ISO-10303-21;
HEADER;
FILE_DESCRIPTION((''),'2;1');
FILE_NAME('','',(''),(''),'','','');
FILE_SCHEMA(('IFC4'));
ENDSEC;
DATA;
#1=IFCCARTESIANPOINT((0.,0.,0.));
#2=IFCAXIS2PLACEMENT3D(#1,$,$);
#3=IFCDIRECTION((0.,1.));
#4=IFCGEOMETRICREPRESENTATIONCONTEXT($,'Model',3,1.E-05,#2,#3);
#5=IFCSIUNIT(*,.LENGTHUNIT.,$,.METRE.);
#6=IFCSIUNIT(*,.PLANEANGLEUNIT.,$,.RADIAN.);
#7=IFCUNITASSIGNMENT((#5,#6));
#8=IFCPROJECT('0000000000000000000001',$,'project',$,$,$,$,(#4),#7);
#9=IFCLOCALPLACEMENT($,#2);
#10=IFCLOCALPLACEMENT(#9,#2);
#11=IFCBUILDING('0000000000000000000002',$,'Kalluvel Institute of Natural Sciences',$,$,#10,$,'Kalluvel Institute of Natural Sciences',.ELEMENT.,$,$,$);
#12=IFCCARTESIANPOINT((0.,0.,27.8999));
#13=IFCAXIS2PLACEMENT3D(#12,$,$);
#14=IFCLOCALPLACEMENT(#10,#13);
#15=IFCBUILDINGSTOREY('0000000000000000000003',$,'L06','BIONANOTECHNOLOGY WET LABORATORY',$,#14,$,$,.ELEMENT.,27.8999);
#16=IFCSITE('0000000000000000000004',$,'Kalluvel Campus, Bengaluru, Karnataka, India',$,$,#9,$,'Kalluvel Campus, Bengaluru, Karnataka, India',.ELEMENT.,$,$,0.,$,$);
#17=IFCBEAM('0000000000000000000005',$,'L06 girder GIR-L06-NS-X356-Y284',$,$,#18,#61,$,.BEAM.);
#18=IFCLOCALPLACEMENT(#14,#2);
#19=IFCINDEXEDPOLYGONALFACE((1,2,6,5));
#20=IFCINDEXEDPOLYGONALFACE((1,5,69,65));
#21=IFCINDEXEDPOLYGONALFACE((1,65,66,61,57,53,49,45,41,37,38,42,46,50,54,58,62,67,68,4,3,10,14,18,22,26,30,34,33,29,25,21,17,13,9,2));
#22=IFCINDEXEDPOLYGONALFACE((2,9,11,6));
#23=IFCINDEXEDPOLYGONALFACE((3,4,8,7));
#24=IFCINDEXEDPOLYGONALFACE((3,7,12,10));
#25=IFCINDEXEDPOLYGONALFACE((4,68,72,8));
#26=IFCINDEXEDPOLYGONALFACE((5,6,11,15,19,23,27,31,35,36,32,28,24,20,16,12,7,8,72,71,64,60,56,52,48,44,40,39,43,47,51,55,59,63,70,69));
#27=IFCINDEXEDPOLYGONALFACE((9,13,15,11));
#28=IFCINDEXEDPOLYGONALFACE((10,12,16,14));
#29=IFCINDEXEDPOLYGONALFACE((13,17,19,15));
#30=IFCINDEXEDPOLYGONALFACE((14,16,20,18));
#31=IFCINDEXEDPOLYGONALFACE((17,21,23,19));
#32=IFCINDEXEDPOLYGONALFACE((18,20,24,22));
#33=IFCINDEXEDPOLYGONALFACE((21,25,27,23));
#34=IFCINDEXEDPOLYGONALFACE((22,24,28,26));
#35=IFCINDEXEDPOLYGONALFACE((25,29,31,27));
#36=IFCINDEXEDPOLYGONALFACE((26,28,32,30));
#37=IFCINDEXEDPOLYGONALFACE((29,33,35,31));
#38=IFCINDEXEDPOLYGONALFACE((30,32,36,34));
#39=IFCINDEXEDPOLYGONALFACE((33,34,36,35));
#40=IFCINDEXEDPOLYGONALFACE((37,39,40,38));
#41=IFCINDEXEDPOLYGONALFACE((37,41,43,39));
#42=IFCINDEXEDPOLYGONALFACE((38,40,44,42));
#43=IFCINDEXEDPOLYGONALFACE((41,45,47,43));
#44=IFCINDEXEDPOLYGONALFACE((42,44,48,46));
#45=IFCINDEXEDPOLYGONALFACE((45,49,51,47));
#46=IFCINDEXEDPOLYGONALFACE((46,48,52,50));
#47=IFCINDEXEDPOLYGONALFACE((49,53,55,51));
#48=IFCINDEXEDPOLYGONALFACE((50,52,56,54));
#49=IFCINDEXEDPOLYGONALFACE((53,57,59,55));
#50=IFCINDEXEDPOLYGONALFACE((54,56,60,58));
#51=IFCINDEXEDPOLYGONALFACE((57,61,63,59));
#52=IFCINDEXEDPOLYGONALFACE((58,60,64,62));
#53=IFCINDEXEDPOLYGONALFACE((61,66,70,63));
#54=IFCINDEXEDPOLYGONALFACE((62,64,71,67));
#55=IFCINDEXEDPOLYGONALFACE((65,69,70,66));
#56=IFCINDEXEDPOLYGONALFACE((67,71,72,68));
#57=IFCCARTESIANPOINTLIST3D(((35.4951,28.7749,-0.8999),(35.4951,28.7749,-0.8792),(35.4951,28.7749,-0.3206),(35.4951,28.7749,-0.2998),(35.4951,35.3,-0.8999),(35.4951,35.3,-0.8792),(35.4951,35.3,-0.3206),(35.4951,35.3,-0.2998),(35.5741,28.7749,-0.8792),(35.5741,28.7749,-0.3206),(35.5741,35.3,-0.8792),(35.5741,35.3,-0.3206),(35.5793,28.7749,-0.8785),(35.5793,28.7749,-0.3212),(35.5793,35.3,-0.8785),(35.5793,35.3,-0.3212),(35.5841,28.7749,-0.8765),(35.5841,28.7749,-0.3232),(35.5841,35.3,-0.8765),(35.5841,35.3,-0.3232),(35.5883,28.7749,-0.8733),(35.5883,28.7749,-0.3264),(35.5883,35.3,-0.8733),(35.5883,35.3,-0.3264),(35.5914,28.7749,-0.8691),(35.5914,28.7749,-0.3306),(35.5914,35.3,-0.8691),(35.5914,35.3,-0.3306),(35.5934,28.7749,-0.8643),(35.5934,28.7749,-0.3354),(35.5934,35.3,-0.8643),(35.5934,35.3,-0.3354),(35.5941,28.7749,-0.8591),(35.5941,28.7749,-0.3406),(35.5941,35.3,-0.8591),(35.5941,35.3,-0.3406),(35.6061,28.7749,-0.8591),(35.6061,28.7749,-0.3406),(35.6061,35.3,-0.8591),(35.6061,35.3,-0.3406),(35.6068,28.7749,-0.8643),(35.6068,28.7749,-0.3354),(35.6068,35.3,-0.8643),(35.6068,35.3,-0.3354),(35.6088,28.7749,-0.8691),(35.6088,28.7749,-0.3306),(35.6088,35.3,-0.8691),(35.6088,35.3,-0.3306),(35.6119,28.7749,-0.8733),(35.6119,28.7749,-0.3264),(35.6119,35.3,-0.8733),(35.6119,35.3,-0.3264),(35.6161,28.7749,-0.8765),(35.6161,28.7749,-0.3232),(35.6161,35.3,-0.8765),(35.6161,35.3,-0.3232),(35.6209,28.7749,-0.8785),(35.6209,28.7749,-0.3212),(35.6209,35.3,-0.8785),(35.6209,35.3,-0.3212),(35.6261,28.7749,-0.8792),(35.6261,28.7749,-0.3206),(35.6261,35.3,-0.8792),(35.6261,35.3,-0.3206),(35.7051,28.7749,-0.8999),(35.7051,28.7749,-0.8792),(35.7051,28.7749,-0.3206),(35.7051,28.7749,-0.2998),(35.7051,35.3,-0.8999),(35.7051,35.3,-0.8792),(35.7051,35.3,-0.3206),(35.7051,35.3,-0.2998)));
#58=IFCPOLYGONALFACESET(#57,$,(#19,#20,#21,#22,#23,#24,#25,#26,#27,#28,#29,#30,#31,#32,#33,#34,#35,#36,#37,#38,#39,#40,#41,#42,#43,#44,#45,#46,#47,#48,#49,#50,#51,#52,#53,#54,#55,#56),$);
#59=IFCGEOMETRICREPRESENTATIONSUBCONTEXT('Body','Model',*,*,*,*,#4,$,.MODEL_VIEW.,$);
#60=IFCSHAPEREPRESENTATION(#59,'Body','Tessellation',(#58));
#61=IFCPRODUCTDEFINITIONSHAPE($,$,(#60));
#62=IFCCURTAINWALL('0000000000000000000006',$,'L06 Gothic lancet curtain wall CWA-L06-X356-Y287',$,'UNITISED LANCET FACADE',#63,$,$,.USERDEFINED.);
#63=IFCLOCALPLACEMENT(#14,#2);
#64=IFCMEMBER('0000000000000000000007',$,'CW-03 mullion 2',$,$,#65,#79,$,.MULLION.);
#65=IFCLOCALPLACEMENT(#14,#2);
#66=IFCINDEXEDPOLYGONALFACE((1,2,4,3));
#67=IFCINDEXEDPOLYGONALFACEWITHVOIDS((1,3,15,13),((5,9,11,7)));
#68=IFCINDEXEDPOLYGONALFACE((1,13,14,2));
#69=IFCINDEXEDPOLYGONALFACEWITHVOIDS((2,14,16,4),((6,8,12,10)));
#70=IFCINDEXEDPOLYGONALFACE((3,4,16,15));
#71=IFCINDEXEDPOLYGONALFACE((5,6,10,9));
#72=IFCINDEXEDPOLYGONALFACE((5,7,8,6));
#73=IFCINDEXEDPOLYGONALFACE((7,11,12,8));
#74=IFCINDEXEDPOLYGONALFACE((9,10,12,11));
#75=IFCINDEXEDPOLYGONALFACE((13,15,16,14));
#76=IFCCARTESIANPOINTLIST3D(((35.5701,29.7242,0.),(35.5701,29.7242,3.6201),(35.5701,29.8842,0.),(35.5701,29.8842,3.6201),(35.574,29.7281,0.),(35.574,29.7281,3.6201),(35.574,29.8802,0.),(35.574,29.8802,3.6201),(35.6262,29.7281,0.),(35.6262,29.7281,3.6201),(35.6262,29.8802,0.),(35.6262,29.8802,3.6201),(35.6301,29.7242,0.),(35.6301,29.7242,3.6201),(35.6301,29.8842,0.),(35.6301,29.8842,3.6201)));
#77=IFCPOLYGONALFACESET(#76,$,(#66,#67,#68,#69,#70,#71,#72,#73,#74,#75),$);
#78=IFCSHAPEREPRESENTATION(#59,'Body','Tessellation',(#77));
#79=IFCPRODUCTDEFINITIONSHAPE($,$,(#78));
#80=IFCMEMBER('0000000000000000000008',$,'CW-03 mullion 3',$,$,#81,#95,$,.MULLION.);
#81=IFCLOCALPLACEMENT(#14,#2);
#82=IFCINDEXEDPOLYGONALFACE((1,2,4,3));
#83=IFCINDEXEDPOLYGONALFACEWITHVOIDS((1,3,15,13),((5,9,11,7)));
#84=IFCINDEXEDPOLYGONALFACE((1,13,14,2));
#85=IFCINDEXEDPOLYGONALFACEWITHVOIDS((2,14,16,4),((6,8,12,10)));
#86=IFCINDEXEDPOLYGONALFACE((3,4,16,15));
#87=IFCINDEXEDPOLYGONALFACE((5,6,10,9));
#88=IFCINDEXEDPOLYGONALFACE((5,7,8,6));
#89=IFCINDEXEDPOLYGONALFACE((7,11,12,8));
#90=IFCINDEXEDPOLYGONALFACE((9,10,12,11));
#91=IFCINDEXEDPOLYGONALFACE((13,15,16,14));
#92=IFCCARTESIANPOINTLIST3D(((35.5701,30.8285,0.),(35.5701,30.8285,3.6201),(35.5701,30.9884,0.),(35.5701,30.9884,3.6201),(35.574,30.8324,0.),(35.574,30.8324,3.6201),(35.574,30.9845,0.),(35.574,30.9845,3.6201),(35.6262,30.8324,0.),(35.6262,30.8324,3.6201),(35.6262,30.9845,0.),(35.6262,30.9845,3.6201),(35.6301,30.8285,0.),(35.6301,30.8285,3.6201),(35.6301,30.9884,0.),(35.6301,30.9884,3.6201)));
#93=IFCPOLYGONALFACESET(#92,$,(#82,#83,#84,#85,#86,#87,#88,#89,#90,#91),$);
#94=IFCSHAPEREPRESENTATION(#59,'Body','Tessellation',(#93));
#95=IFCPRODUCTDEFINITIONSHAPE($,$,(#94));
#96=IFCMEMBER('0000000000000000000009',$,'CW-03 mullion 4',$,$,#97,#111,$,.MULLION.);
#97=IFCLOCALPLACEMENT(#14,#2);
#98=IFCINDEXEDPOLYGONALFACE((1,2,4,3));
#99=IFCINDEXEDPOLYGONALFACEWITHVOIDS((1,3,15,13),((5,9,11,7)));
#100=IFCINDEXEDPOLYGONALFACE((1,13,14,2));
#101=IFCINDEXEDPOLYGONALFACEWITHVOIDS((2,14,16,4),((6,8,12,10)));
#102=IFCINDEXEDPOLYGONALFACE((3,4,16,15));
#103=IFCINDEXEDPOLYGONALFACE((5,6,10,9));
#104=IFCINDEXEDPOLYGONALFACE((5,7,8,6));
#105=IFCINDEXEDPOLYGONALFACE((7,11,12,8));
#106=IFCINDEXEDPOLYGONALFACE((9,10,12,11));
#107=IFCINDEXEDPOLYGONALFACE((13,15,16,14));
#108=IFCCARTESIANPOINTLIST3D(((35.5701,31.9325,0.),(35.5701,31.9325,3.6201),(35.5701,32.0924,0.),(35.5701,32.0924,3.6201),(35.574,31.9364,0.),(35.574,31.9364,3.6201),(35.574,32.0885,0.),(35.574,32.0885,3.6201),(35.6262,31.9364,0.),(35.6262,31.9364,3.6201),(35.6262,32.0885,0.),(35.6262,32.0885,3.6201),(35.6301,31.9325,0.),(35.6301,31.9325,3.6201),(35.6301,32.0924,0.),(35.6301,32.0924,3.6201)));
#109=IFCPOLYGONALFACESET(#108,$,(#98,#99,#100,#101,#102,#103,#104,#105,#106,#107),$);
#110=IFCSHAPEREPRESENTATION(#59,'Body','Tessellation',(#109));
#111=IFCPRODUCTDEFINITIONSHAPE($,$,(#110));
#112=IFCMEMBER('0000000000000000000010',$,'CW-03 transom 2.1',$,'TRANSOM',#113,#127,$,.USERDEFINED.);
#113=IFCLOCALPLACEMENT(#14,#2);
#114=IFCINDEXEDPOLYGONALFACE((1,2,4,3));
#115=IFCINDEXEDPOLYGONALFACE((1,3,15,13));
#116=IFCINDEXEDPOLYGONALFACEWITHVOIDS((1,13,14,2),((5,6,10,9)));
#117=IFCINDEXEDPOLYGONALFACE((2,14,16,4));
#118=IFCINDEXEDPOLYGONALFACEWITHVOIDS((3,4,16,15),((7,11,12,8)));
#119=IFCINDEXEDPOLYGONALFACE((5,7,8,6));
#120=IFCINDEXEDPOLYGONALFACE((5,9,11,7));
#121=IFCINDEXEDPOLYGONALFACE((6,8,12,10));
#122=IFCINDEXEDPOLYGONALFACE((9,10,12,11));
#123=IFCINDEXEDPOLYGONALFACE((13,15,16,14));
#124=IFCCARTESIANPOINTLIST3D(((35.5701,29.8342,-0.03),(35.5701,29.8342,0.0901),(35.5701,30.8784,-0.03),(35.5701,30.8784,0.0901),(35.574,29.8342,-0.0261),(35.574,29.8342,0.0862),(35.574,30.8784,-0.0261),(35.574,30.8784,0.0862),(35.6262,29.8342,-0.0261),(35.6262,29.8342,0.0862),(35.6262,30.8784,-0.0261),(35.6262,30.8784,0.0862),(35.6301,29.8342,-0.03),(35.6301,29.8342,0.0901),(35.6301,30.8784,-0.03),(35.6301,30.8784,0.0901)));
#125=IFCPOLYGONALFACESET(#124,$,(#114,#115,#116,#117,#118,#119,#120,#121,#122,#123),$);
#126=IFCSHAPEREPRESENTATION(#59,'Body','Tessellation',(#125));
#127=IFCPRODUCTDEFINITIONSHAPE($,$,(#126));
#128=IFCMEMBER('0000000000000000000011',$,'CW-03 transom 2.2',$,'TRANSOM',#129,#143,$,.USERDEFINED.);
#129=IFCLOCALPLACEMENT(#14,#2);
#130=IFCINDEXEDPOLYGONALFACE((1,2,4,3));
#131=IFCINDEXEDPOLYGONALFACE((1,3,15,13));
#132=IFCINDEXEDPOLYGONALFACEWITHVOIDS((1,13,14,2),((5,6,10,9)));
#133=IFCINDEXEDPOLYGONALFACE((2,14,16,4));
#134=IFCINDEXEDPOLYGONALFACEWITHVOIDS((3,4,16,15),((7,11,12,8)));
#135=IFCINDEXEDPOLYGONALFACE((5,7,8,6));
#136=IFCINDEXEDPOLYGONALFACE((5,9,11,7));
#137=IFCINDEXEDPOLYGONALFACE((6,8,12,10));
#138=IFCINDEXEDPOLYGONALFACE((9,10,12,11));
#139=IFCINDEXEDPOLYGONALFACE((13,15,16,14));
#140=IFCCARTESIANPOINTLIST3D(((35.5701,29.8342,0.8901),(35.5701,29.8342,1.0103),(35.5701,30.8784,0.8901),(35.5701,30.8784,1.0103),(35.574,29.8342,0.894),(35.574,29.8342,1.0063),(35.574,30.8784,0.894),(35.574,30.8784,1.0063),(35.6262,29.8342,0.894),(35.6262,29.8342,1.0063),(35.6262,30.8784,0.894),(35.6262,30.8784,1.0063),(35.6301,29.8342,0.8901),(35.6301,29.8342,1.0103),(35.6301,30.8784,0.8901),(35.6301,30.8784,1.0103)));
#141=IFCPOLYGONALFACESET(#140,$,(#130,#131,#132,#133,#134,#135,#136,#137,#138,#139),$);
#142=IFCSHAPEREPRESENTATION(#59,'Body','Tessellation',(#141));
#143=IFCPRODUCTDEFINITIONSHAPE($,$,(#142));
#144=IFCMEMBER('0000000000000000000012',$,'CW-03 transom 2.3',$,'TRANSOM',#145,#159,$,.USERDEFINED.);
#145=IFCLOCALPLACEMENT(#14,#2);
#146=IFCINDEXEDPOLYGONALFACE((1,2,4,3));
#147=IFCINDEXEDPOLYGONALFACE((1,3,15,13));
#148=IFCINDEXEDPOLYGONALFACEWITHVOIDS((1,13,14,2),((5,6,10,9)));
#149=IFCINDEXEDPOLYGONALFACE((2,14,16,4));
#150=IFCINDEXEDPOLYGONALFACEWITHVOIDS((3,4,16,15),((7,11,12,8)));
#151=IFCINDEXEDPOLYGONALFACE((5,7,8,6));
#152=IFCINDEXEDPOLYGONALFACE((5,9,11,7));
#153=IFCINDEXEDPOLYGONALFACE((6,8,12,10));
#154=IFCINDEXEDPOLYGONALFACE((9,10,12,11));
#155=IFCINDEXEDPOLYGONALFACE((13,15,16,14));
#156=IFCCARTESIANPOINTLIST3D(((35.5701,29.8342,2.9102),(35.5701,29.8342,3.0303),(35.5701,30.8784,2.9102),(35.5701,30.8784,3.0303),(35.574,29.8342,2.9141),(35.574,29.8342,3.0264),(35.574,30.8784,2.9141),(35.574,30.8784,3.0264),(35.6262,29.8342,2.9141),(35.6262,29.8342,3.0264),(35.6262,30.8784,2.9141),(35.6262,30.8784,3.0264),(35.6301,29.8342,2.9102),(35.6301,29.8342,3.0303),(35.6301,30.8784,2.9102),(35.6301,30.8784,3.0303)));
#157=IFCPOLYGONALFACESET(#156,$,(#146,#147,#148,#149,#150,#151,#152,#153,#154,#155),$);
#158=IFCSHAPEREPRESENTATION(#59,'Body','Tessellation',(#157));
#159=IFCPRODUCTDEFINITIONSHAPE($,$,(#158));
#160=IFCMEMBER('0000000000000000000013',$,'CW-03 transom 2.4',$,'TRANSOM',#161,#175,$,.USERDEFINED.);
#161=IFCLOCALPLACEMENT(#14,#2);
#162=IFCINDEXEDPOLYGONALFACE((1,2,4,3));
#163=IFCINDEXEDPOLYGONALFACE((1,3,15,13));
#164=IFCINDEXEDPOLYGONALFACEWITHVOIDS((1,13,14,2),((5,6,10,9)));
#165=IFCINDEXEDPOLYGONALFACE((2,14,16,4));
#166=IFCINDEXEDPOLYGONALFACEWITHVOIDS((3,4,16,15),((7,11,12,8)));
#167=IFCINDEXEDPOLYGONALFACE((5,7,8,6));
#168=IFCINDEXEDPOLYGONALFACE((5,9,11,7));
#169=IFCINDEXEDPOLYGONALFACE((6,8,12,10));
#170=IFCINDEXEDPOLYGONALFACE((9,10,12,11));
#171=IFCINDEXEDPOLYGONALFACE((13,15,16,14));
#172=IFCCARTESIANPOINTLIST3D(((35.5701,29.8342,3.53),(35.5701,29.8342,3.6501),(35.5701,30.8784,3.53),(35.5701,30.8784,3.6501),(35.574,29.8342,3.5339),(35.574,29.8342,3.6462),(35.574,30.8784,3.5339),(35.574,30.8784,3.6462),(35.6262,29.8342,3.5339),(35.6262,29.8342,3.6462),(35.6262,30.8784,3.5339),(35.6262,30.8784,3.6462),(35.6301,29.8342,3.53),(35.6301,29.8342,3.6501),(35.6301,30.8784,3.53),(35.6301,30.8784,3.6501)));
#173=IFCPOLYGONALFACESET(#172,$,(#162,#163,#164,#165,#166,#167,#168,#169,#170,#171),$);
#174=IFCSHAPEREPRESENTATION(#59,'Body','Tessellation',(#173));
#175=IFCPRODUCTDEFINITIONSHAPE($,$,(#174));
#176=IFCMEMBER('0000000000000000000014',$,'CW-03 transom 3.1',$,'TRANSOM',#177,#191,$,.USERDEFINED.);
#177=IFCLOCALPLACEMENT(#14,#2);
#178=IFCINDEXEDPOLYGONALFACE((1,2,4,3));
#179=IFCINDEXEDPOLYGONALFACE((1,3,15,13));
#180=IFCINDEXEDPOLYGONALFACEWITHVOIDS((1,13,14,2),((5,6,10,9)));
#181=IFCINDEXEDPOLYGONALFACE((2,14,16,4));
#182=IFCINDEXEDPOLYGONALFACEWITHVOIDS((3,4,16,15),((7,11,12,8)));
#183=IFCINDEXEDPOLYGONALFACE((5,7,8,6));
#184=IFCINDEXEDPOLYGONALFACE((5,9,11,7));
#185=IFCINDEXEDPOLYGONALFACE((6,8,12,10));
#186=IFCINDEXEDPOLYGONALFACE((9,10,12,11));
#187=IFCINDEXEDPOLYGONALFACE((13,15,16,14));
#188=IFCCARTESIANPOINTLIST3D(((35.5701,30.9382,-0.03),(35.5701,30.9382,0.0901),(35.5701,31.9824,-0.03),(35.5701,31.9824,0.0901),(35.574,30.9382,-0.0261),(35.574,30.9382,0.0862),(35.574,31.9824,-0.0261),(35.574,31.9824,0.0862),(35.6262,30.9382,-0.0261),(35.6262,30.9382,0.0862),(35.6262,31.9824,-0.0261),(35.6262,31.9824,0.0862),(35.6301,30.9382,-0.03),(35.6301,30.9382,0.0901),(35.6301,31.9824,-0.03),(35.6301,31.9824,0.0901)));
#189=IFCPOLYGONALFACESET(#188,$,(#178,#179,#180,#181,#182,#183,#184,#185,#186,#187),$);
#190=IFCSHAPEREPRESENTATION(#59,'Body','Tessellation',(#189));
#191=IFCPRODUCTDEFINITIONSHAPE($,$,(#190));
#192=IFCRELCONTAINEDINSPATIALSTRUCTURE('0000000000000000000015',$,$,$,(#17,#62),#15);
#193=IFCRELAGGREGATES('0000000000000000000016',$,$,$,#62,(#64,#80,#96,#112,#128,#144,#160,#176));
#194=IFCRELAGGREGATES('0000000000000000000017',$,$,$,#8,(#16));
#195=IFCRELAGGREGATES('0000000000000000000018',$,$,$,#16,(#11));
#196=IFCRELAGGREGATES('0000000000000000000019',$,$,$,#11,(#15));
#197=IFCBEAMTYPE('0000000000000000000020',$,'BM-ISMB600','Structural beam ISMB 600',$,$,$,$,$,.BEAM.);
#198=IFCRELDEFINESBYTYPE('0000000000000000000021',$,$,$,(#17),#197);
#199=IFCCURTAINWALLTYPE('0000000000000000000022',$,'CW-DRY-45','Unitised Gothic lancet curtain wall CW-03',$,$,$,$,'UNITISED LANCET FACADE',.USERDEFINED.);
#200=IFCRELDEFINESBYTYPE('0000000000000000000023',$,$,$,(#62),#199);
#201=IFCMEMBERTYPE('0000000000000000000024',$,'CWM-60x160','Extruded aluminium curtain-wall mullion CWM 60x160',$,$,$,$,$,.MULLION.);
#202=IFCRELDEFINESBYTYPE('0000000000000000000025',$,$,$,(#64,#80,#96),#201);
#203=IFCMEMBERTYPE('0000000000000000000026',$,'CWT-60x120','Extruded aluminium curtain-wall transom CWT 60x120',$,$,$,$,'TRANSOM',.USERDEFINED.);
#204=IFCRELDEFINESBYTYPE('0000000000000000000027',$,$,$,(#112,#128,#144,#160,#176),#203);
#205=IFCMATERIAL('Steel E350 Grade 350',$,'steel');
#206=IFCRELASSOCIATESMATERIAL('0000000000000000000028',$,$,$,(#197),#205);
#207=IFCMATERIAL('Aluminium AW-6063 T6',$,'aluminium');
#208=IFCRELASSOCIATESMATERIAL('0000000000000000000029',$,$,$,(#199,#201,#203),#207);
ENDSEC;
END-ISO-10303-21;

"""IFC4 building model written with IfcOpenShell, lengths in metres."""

from ifc_helpers import new_model, si_unit, direction, frame, origin, origin_2d, place, context, subcontext, project, spatial, hollow_rectangle, i_section, extrude, material, material_profile, profile_set, type_object, element, aggregate, save


model = new_model("IFC4")

# Units and contexts
model_context = context("Model", 3, precision=1e-05, world=origin(), true_north=direction((0.0, 1.0)))
body_context = subcontext(model_context, "Body", "Model", "MODEL_VIEW")
ifc_project = project(units=[si_unit("LENGTHUNIT", "METRE"), si_unit("PLANEANGLEUNIT", "RADIAN")], contexts=[model_context])

# Site, building, storey
site_placement = place(None, origin())
site = spatial("IfcSite", under=ifc_project, at=site_placement, Name="Kalluvel Campus, Bengaluru, Karnataka, India", LongName="Kalluvel Campus, Bengaluru, Karnataka, India", CompositionType="ELEMENT", RefElevation=0.0)
building_placement = place(site_placement, origin())
building = spatial("IfcBuilding", under=site, at=building_placement, Name="Kalluvel Institute of Natural Sciences", LongName="Kalluvel Institute of Natural Sciences", CompositionType="ELEMENT")
storey_placement = place(building_placement, frame((0.0, 0.0, 27.8999)))
storey = spatial("IfcBuildingStorey", under=building, at=storey_placement, Name="L06", Description="BIONANOTECHNOLOGY WET LABORATORY", CompositionType="ELEMENT", Elevation=27.8999)

# Beam
ifc_material_1 = material(Name="Steel E350 Grade 350", Category="steel")
ifc_material_profile_1 = material_profile(ifc_material_1, i_section(OverallWidth=0.21, OverallDepth=0.6001, WebThickness=0.012, FlangeThickness=0.0208, FilletRadius=0.02, at=origin_2d()), Name="ISMB 600")
ifc_profile_set_1 = profile_set([ifc_material_profile_1], Name="Steel E350 Grade 350")
beam_type = type_object("IfcBeamType", Name="BM-ISMB600", Description="Structural beam ISMB 600", PredefinedType="BEAM", material=ifc_profile_set_1)
beam_placement = place(storey_placement, frame((35.6001, 28.7749, -0.5999), z_axis=(0.0, 1.0, 0.0), x_axis=(-1.0, 0.0, 0.0)))
element("IfcBeam", 1, at=beam_placement, inside=storey, type_object=beam_type, Name="L06 girder GIR-L06-NS-X356-Y284", PredefinedType="BEAM", context=body_context, shape_type="SweptSolid", body=[
    extrude(i_section(OverallWidth=0.21, OverallDepth=0.6001, WebThickness=0.012, FlangeThickness=0.0208, FilletRadius=0.02, at=origin_2d()), origin(), (0.0, 0.0, 1.0), 6.5251),
])

# Curtain wall, members
ifc_material_2 = material(Name="Aluminium AW-6063 T6", Category="aluminium")
curtain_wall_type = type_object("IfcCurtainWallType", Name="CW-DRY-45", Description="Unitised Gothic lancet curtain wall CW-03", ElementType="UNITISED LANCET FACADE", PredefinedType="USERDEFINED", material=ifc_material_2)
curtain_wall_placement = place(storey_placement, origin())
curtain_wall = element("IfcCurtainWall", 2, at=curtain_wall_placement, inside=storey, type_object=curtain_wall_type, Name="L06 Gothic lancet curtain wall CWA-L06-X356-Y287", ObjectType="UNITISED LANCET FACADE", PredefinedType="USERDEFINED")
ifc_material_profile_2 = material_profile(ifc_material_2, hollow_rectangle(XDim=0.0601, YDim=0.1599, WallThickness=0.0039, at=origin_2d()), Name="CWM 60x160")
ifc_profile_set_2 = profile_set([ifc_material_profile_2], Name="Aluminium AW-6063 T6")
member_type_1 = type_object("IfcMemberType", Name="CWM-60x160", Description="Extruded aluminium curtain-wall mullion CWM 60x160", PredefinedType="MULLION", material=ifc_profile_set_2)
member_1_placement = place(storey_placement, frame((35.6001, 29.8042, 0.0), z_axis=(0.0, 0.0, 1.0), x_axis=(-1.0, 0.0, 0.0)))
member_1 = element("IfcMember", 3, at=member_1_placement, type_object=member_type_1, Name="CW-03 mullion 2", PredefinedType="MULLION", context=body_context, shape_type="SweptSolid", body=[
    extrude(hollow_rectangle(XDim=0.0601, YDim=0.1599, WallThickness=0.0039, at=origin_2d()), origin(), (0.0, 0.0, 1.0), 3.6201),
])
member_2_placement = place(storey_placement, frame((35.6001, 30.9084, 0.0), z_axis=(0.0, 0.0, 1.0), x_axis=(-1.0, 0.0, 0.0)))
member_2 = element("IfcMember", 4, at=member_2_placement, type_object=member_type_1, Name="CW-03 mullion 3", PredefinedType="MULLION", context=body_context, shape_type="SweptSolid", body=[
    extrude(hollow_rectangle(XDim=0.0601, YDim=0.1599, WallThickness=0.0039, at=origin_2d()), origin(), (0.0, 0.0, 1.0), 3.6201),
])
member_3_placement = place(storey_placement, frame((35.6001, 32.0125, 0.0), z_axis=(0.0, 0.0, 1.0), x_axis=(-1.0, 0.0, 0.0)))
member_3 = element("IfcMember", 5, at=member_3_placement, type_object=member_type_1, Name="CW-03 mullion 4", PredefinedType="MULLION", context=body_context, shape_type="SweptSolid", body=[
    extrude(hollow_rectangle(XDim=0.0601, YDim=0.1599, WallThickness=0.0039, at=origin_2d()), origin(), (0.0, 0.0, 1.0), 3.6201),
])
ifc_material_profile_3 = material_profile(ifc_material_2, hollow_rectangle(XDim=0.0601, YDim=0.1201, WallThickness=0.0039, at=origin_2d()), Name="CWT 60x120")
ifc_profile_set_3 = profile_set([ifc_material_profile_3], Name="Aluminium AW-6063 T6")
member_type_2 = type_object("IfcMemberType", Name="CWT-60x120", Description="Extruded aluminium curtain-wall transom CWT 60x120", ElementType="TRANSOM", PredefinedType="USERDEFINED", material=ifc_profile_set_3)
member_4_placement = place(storey_placement, frame((35.6001, 29.8342, 0.03), z_axis=(0.0, 1.0, 0.0), x_axis=(-1.0, 0.0, 0.0)))
member_4 = element("IfcMember", 6, at=member_4_placement, type_object=member_type_2, Name="CW-03 transom 2.1", ObjectType="TRANSOM", PredefinedType="USERDEFINED", context=body_context, shape_type="SweptSolid", body=[
    extrude(hollow_rectangle(XDim=0.0601, YDim=0.1201, WallThickness=0.0039, at=origin_2d()), origin(), (0.0, 0.0, 1.0), 1.0442),
])
member_5_placement = place(storey_placement, frame((35.6001, 29.8342, 0.9502), z_axis=(0.0, 1.0, 0.0), x_axis=(-1.0, 0.0, 0.0)))
member_5 = element("IfcMember", 7, at=member_5_placement, type_object=member_type_2, Name="CW-03 transom 2.2", ObjectType="TRANSOM", PredefinedType="USERDEFINED", context=body_context, shape_type="SweptSolid", body=[
    extrude(hollow_rectangle(XDim=0.0601, YDim=0.1201, WallThickness=0.0039, at=origin_2d()), origin(), (0.0, 0.0, 1.0), 1.0442),
])
member_6_placement = place(storey_placement, frame((35.6001, 29.8342, 2.9702), z_axis=(0.0, 1.0, 0.0), x_axis=(-1.0, 0.0, 0.0)))
member_6 = element("IfcMember", 8, at=member_6_placement, type_object=member_type_2, Name="CW-03 transom 2.3", ObjectType="TRANSOM", PredefinedType="USERDEFINED", context=body_context, shape_type="SweptSolid", body=[
    extrude(hollow_rectangle(XDim=0.0601, YDim=0.1201, WallThickness=0.0039, at=origin_2d()), origin(), (0.0, 0.0, 1.0), 1.0442),
])
member_7_placement = place(storey_placement, frame((35.6001, 29.8342, 3.5901), z_axis=(0.0, 1.0, 0.0), x_axis=(-1.0, 0.0, 0.0)))
member_7 = element("IfcMember", 9, at=member_7_placement, type_object=member_type_2, Name="CW-03 transom 2.4", ObjectType="TRANSOM", PredefinedType="USERDEFINED", context=body_context, shape_type="SweptSolid", body=[
    extrude(hollow_rectangle(XDim=0.0601, YDim=0.1201, WallThickness=0.0039, at=origin_2d()), origin(), (0.0, 0.0, 1.0), 1.0442),
])
member_8_placement = place(storey_placement, frame((35.6001, 30.9382, 0.03), z_axis=(0.0, 1.0, 0.0), x_axis=(-1.0, 0.0, 0.0)))
member_8 = element("IfcMember", 10, at=member_8_placement, type_object=member_type_2, Name="CW-03 transom 3.1", ObjectType="TRANSOM", PredefinedType="USERDEFINED", context=body_context, shape_type="SweptSolid", body=[
    extrude(hollow_rectangle(XDim=0.0601, YDim=0.1201, WallThickness=0.0039, at=origin_2d()), origin(), (0.0, 0.0, 1.0), 1.0442),
])
aggregate(curtain_wall, [member_1, member_2, member_3, member_4, member_5, member_6, member_7, member_8])

save(model, "model.ifc")
